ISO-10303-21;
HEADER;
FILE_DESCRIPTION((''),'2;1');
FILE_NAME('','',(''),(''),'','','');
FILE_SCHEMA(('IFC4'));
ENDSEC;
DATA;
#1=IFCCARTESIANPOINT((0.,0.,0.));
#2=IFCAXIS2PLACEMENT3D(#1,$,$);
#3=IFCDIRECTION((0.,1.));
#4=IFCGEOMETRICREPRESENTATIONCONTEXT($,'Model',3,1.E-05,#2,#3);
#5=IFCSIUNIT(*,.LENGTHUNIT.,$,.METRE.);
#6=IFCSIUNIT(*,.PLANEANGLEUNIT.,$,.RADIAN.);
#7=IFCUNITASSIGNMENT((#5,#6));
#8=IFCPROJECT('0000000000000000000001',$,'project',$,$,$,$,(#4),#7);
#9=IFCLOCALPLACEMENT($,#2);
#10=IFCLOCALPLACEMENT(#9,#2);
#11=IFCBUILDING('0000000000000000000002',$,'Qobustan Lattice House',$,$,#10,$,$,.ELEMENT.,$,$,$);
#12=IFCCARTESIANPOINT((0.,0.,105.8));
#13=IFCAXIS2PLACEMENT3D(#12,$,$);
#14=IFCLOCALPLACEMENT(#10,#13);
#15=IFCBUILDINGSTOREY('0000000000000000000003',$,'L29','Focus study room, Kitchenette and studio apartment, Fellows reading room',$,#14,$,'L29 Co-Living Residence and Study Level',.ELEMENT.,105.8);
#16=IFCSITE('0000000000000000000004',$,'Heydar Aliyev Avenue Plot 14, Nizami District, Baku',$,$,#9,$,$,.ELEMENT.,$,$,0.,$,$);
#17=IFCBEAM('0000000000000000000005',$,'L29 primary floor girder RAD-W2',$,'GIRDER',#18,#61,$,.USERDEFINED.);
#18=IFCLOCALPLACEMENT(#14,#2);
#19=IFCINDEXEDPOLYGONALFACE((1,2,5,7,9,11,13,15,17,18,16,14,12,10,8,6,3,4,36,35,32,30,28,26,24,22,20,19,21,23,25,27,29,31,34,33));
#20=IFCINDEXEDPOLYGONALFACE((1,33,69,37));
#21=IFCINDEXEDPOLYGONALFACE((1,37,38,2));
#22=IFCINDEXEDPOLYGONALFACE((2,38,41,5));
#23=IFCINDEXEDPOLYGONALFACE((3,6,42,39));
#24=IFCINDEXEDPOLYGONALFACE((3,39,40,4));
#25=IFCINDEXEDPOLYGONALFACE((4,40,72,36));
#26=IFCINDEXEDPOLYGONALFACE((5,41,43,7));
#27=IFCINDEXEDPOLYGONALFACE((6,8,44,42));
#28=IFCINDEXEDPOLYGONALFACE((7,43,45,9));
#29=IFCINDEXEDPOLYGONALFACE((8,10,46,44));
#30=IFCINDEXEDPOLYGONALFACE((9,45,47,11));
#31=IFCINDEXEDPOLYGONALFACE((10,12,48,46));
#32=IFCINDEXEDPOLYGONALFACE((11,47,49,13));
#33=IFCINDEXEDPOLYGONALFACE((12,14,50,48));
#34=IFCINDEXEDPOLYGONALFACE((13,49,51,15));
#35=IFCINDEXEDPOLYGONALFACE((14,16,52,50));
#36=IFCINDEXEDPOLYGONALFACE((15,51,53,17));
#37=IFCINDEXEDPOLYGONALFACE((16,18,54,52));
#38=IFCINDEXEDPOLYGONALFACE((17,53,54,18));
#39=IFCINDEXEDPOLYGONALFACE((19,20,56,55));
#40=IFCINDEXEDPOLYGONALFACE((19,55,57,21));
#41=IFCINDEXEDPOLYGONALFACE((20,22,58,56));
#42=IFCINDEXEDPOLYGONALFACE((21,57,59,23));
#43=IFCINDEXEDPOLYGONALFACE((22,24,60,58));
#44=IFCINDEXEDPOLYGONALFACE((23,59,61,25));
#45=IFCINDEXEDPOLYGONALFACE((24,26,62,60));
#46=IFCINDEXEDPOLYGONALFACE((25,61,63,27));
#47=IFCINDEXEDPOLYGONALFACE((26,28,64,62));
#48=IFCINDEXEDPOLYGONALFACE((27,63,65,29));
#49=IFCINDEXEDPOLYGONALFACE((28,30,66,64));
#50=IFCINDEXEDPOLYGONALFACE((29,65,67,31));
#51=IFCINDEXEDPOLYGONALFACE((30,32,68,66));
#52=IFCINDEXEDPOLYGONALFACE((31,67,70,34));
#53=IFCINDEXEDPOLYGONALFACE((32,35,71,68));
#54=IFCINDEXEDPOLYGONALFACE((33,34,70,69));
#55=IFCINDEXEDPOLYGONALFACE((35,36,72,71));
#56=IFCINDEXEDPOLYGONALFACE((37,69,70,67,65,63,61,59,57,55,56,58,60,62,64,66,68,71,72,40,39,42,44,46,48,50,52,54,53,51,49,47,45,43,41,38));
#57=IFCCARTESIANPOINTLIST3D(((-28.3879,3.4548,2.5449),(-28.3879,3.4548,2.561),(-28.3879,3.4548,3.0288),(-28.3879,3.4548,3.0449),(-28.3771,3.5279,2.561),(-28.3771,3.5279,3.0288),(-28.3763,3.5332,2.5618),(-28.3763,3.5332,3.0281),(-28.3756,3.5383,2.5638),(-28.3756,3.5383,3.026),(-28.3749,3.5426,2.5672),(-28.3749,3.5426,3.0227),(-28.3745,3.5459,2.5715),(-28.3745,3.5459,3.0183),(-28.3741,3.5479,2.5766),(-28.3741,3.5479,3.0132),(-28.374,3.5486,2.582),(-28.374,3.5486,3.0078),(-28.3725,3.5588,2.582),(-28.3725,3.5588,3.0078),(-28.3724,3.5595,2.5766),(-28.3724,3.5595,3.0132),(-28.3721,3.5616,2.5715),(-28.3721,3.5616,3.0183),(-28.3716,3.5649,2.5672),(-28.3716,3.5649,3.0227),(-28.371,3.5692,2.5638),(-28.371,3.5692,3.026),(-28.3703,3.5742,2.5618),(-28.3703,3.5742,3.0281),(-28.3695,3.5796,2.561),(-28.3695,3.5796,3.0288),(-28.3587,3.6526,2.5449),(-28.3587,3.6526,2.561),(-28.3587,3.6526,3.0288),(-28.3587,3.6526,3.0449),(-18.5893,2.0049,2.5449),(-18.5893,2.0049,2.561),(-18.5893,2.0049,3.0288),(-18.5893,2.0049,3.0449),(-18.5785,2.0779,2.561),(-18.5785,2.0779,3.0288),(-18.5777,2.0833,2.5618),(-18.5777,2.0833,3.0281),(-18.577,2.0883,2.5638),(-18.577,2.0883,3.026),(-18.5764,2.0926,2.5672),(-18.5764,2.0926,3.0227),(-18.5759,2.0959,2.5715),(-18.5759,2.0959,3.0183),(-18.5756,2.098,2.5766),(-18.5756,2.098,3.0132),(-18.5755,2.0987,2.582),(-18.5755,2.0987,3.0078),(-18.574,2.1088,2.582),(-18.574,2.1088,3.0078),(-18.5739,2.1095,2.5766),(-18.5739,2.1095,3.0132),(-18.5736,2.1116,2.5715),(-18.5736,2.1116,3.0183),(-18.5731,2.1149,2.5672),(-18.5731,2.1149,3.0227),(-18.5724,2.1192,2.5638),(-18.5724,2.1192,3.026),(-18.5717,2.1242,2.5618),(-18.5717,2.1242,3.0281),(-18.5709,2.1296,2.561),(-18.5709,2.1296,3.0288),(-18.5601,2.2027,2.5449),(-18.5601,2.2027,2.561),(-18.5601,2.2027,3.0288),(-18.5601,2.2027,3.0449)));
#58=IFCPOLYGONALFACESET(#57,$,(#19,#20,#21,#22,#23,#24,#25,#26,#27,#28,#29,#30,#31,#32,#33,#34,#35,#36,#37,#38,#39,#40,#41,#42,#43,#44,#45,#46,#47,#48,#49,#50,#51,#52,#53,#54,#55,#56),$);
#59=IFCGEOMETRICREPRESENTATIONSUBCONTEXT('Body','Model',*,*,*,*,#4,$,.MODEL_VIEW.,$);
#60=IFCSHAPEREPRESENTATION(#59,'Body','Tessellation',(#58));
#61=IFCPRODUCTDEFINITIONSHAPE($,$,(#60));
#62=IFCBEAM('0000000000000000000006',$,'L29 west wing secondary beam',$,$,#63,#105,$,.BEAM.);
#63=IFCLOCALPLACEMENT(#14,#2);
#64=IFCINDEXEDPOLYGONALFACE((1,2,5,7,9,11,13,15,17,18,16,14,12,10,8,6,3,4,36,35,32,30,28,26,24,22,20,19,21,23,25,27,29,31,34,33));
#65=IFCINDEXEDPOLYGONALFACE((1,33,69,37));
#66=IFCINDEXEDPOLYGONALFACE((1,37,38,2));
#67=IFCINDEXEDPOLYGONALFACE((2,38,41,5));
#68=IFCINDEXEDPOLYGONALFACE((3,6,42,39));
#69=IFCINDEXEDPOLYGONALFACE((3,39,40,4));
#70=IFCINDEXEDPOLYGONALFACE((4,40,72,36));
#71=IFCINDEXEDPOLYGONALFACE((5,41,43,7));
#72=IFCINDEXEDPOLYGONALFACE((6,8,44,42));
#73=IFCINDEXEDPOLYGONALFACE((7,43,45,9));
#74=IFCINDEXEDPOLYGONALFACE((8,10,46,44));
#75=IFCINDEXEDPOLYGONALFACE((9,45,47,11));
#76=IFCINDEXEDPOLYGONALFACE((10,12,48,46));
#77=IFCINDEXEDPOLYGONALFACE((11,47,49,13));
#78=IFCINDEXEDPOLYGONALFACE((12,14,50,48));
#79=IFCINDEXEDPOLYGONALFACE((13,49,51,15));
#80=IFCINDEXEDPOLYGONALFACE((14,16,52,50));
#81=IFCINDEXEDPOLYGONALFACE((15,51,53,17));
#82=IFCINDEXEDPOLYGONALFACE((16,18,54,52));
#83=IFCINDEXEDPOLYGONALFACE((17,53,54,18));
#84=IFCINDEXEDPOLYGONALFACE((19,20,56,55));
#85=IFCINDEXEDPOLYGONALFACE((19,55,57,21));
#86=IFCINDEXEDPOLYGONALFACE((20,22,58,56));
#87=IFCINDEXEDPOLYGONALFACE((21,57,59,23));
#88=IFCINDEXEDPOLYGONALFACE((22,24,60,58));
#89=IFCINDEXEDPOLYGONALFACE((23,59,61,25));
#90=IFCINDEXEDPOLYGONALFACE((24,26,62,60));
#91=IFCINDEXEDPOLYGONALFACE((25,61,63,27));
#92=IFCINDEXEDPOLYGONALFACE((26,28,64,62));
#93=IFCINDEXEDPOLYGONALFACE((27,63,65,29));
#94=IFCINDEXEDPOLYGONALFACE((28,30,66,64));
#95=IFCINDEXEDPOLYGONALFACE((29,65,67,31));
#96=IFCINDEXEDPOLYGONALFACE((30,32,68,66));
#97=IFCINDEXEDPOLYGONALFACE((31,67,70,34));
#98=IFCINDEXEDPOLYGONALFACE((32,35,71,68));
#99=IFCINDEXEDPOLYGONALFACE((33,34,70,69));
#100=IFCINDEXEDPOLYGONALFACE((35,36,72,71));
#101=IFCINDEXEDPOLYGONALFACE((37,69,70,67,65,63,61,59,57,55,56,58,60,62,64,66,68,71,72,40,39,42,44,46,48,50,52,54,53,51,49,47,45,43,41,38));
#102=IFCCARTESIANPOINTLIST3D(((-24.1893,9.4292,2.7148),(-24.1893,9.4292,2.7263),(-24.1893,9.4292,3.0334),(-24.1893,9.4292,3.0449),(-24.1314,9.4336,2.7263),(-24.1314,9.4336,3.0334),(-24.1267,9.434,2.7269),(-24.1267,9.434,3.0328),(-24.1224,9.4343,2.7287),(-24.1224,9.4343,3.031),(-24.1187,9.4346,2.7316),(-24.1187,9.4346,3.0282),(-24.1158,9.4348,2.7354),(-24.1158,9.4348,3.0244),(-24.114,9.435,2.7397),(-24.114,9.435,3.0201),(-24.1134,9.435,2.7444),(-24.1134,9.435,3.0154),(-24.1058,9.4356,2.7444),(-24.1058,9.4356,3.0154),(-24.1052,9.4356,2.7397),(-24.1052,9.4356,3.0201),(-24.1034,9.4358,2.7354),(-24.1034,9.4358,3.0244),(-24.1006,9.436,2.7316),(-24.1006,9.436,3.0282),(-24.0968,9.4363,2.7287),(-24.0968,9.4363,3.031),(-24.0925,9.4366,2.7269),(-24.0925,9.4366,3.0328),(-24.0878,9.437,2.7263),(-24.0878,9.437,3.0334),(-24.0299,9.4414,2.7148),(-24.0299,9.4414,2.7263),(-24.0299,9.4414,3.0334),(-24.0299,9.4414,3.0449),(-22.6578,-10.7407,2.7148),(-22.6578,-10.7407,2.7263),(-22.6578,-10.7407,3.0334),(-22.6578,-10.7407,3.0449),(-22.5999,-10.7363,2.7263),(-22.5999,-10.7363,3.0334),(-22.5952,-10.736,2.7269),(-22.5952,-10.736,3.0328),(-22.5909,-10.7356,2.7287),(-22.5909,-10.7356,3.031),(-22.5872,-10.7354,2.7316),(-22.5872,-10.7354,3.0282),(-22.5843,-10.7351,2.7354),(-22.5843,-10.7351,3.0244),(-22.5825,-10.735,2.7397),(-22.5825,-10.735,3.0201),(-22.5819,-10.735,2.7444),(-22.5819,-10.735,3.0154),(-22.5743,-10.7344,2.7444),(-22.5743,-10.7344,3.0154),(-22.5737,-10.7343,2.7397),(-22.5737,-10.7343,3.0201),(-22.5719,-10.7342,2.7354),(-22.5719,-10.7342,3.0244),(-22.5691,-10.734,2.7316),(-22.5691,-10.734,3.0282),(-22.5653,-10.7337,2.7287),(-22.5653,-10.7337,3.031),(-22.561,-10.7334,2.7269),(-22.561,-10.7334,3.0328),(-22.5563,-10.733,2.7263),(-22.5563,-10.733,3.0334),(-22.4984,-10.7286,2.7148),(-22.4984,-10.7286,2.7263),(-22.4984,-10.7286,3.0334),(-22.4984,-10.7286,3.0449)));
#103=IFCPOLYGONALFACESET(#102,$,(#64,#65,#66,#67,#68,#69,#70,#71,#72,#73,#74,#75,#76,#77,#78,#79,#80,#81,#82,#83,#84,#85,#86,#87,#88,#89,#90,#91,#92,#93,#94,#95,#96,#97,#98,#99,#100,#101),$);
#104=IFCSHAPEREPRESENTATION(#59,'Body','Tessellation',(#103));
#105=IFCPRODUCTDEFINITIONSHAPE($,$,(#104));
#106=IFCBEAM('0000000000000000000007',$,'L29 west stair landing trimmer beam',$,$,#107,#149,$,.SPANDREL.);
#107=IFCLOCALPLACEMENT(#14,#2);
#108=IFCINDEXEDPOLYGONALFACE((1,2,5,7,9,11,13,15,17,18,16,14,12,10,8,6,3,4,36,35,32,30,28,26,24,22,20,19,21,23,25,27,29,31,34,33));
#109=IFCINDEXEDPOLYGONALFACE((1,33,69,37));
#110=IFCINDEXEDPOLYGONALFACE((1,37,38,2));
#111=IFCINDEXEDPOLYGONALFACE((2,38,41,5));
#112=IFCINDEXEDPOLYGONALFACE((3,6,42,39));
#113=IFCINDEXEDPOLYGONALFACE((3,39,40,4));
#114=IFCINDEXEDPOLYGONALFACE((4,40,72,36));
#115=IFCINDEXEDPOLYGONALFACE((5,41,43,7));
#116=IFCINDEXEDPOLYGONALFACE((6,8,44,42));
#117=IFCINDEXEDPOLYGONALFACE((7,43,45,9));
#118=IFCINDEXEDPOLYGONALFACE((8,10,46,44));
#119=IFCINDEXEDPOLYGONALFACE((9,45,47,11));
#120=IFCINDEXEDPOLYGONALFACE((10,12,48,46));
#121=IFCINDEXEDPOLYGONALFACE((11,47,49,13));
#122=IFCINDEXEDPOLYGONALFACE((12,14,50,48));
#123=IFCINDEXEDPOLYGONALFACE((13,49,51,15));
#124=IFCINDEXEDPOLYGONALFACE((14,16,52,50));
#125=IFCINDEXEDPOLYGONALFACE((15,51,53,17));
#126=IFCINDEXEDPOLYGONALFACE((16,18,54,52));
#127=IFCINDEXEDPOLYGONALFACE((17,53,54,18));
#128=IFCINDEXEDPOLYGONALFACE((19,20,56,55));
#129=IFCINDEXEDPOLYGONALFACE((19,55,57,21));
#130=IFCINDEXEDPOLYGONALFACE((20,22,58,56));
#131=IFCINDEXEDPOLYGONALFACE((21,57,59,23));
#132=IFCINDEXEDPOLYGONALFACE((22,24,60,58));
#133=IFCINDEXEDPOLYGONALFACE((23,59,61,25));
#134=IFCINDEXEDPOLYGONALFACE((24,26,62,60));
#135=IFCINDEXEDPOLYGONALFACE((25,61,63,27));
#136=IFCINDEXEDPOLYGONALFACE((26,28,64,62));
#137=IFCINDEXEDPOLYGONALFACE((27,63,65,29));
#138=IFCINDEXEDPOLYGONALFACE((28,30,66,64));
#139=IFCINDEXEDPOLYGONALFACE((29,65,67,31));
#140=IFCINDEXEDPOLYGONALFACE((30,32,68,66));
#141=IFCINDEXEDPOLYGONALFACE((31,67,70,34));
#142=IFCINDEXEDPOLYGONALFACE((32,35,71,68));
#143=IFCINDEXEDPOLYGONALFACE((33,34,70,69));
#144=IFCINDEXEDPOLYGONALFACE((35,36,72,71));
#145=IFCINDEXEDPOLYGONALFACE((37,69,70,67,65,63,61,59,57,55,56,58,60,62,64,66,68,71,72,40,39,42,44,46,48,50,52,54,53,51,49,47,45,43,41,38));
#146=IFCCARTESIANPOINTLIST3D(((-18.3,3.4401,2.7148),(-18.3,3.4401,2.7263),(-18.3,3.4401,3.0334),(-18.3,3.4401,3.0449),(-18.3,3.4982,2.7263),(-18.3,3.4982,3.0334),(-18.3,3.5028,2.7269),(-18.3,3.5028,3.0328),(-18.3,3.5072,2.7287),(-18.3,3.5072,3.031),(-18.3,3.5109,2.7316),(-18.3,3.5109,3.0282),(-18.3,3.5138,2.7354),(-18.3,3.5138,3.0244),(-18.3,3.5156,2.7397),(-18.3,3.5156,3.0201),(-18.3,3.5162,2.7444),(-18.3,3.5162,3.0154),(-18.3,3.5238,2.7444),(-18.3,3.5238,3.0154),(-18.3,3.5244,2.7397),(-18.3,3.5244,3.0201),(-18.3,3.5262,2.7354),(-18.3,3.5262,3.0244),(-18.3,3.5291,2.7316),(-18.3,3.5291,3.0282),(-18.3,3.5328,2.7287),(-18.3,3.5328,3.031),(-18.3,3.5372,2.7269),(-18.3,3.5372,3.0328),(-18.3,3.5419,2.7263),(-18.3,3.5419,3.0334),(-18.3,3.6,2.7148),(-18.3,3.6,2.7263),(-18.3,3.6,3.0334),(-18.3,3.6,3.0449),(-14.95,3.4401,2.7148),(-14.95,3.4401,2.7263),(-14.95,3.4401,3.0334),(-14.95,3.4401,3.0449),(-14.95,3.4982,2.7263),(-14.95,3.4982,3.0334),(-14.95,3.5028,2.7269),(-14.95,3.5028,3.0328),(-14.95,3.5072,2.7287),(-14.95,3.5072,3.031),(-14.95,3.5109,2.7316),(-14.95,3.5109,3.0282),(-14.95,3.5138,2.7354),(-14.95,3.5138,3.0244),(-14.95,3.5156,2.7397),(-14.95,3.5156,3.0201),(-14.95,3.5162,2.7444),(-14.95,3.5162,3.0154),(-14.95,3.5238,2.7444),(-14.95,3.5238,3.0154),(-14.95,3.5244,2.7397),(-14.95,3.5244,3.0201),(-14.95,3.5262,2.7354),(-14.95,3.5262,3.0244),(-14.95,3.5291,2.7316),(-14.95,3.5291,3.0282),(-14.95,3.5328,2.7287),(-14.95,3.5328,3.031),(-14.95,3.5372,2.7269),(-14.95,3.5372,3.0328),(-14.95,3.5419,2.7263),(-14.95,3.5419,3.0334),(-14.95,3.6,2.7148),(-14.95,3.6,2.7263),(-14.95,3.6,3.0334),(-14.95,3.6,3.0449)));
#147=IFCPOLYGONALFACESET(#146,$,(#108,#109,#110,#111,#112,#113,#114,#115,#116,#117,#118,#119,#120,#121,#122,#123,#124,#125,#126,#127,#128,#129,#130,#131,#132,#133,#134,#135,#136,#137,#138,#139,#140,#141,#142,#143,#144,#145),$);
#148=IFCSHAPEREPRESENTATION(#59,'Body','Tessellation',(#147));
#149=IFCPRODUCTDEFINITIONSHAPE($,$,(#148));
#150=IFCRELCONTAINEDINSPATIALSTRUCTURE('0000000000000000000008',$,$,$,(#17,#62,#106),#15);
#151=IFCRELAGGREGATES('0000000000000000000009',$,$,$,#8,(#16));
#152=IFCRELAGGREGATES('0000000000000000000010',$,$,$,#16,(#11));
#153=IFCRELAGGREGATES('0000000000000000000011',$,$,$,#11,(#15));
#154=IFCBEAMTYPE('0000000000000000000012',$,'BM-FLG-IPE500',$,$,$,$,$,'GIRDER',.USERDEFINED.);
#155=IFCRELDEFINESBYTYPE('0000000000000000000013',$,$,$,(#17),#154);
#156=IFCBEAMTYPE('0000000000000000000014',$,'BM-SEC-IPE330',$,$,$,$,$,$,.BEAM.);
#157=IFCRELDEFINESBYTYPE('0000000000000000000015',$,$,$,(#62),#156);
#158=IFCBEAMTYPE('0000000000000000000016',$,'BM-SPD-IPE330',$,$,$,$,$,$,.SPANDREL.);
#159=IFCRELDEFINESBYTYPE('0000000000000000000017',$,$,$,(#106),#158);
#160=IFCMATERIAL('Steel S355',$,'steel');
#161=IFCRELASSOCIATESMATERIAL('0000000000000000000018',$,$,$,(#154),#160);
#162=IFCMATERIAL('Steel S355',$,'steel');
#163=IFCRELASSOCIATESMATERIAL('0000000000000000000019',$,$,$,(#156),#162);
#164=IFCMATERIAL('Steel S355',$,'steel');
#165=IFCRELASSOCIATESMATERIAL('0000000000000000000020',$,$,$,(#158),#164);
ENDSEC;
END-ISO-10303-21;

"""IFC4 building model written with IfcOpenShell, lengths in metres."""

from ifc_helpers import new_model, si_unit, direction, frame, origin, origin_2d, place, context, subcontext, project, spatial, i_section, extrude, material, material_profile, profile_set, type_object, element, save


model = new_model("IFC4")

# Units and contexts
model_context = context("Model", 3, precision=1e-05, world=origin(), true_north=direction((0.0, 1.0)))
body_context = subcontext(model_context, "Body", "Model", "MODEL_VIEW")
ifc_project = project(units=[si_unit("LENGTHUNIT", "METRE"), si_unit("PLANEANGLEUNIT", "RADIAN")], contexts=[model_context])

# Site, building, storey
site_placement = place(None, origin())
site = spatial("IfcSite", under=ifc_project, at=site_placement, Name="Heydar Aliyev Avenue Plot 14, Nizami District, Baku", CompositionType="ELEMENT", RefElevation=0.0)
building_placement = place(site_placement, origin())
building = spatial("IfcBuilding", under=site, at=building_placement, Name="Qobustan Lattice House", CompositionType="ELEMENT")
storey_placement = place(building_placement, frame((0.0, 0.0, 105.8)))
storey = spatial("IfcBuildingStorey", under=building, at=storey_placement, Name="L29", Description="Focus study room, Kitchenette and studio apartment, Fellows reading room", LongName="L29 Co-Living Residence and Study Level", CompositionType="ELEMENT", Elevation=105.8)

# Beams
ifc_material_1 = material(Name="Steel S355", Category="steel")
ifc_material_profile_1 = material_profile(ifc_material_1, i_section(OverallWidth=0.2, OverallDepth=0.5, WebThickness=0.0103, FlangeThickness=0.0161, FilletRadius=0.021, at=origin_2d()), Name="IPE500")
ifc_profile_set_1 = profile_set([ifc_material_profile_1], Name="Steel S355")
beam_type_1 = type_object("IfcBeamType", Name="BM-FLG-IPE500", ElementType="GIRDER", PredefinedType="USERDEFINED", material=ifc_profile_set_1)
beam_1_placement = place(storey_placement, frame((-28.3733, 3.5537, 2.7949), z_axis=(0.989228, -0.146382, 0.0), x_axis=(0.146382, 0.989228, 0.0)))
element("IfcBeam", 1, at=beam_1_placement, inside=storey, type_object=beam_type_1, Name="L29 primary floor girder RAD-W2", ObjectType="GIRDER", PredefinedType="USERDEFINED", context=body_context, shape_type="SweptSolid", body=[
    extrude(i_section(OverallWidth=0.2, OverallDepth=0.5, WebThickness=0.0103, FlangeThickness=0.0161, FilletRadius=0.021, at=origin_2d()), origin(), (0.0, 0.0, 1.0), 9.9053),
])
ifc_material_2 = material(Name="Steel S355", Category="steel")
ifc_material_profile_2 = material_profile(ifc_material_2, i_section(OverallWidth=0.1599, OverallDepth=0.3301, WebThickness=0.0076, FlangeThickness=0.0115, FilletRadius=0.0181, at=origin_2d()), Name="IPE330")
ifc_profile_set_2 = profile_set([ifc_material_profile_2], Name="Steel S355")
beam_type_2 = type_object("IfcBeamType", Name="BM-SEC-IPE330", PredefinedType="BEAM", material=ifc_profile_set_2)
beam_2_placement = place(storey_placement, frame((-24.1096, 9.4353, 2.8799), z_axis=(0.075712, -0.99713, 0.0), x_axis=(0.99713, 0.075712, 0.0)))
element("IfcBeam", 2, at=beam_2_placement, inside=storey, type_object=beam_type_2, Name="L29 west wing secondary beam", PredefinedType="BEAM", context=body_context, shape_type="SweptSolid", body=[
    extrude(i_section(OverallWidth=0.1599, OverallDepth=0.3301, WebThickness=0.0076, FlangeThickness=0.0115, FilletRadius=0.0181, at=origin_2d()), origin(), (0.0, 0.0, 1.0), 20.228),
])
ifc_material_3 = material(Name="Steel S355", Category="steel")
ifc_material_profile_3 = material_profile(ifc_material_3, i_section(OverallWidth=0.1599, OverallDepth=0.3301, WebThickness=0.0076, FlangeThickness=0.0115, FilletRadius=0.0181, at=origin_2d()), Name="IPE330")
ifc_profile_set_3 = profile_set([ifc_material_profile_3], Name="Steel S355")
beam_type_3 = type_object("IfcBeamType", Name="BM-SPD-IPE330", PredefinedType="SPANDREL", material=ifc_profile_set_3)
beam_3_placement = place(storey_placement, frame((-18.3, 3.52, 2.8799), z_axis=(1.0, 0.0, 0.0), x_axis=(0.0, 1.0, 0.0)))
element("IfcBeam", 3, at=beam_3_placement, inside=storey, type_object=beam_type_3, Name="L29 west stair landing trimmer beam", PredefinedType="SPANDREL", context=body_context, shape_type="SweptSolid", body=[
    extrude(i_section(OverallWidth=0.1599, OverallDepth=0.3301, WebThickness=0.0076, FlangeThickness=0.0115, FilletRadius=0.0181, at=origin_2d()), origin(), (0.0, 0.0, 1.0), 3.3501),
])

save(model, "model.ifc")
